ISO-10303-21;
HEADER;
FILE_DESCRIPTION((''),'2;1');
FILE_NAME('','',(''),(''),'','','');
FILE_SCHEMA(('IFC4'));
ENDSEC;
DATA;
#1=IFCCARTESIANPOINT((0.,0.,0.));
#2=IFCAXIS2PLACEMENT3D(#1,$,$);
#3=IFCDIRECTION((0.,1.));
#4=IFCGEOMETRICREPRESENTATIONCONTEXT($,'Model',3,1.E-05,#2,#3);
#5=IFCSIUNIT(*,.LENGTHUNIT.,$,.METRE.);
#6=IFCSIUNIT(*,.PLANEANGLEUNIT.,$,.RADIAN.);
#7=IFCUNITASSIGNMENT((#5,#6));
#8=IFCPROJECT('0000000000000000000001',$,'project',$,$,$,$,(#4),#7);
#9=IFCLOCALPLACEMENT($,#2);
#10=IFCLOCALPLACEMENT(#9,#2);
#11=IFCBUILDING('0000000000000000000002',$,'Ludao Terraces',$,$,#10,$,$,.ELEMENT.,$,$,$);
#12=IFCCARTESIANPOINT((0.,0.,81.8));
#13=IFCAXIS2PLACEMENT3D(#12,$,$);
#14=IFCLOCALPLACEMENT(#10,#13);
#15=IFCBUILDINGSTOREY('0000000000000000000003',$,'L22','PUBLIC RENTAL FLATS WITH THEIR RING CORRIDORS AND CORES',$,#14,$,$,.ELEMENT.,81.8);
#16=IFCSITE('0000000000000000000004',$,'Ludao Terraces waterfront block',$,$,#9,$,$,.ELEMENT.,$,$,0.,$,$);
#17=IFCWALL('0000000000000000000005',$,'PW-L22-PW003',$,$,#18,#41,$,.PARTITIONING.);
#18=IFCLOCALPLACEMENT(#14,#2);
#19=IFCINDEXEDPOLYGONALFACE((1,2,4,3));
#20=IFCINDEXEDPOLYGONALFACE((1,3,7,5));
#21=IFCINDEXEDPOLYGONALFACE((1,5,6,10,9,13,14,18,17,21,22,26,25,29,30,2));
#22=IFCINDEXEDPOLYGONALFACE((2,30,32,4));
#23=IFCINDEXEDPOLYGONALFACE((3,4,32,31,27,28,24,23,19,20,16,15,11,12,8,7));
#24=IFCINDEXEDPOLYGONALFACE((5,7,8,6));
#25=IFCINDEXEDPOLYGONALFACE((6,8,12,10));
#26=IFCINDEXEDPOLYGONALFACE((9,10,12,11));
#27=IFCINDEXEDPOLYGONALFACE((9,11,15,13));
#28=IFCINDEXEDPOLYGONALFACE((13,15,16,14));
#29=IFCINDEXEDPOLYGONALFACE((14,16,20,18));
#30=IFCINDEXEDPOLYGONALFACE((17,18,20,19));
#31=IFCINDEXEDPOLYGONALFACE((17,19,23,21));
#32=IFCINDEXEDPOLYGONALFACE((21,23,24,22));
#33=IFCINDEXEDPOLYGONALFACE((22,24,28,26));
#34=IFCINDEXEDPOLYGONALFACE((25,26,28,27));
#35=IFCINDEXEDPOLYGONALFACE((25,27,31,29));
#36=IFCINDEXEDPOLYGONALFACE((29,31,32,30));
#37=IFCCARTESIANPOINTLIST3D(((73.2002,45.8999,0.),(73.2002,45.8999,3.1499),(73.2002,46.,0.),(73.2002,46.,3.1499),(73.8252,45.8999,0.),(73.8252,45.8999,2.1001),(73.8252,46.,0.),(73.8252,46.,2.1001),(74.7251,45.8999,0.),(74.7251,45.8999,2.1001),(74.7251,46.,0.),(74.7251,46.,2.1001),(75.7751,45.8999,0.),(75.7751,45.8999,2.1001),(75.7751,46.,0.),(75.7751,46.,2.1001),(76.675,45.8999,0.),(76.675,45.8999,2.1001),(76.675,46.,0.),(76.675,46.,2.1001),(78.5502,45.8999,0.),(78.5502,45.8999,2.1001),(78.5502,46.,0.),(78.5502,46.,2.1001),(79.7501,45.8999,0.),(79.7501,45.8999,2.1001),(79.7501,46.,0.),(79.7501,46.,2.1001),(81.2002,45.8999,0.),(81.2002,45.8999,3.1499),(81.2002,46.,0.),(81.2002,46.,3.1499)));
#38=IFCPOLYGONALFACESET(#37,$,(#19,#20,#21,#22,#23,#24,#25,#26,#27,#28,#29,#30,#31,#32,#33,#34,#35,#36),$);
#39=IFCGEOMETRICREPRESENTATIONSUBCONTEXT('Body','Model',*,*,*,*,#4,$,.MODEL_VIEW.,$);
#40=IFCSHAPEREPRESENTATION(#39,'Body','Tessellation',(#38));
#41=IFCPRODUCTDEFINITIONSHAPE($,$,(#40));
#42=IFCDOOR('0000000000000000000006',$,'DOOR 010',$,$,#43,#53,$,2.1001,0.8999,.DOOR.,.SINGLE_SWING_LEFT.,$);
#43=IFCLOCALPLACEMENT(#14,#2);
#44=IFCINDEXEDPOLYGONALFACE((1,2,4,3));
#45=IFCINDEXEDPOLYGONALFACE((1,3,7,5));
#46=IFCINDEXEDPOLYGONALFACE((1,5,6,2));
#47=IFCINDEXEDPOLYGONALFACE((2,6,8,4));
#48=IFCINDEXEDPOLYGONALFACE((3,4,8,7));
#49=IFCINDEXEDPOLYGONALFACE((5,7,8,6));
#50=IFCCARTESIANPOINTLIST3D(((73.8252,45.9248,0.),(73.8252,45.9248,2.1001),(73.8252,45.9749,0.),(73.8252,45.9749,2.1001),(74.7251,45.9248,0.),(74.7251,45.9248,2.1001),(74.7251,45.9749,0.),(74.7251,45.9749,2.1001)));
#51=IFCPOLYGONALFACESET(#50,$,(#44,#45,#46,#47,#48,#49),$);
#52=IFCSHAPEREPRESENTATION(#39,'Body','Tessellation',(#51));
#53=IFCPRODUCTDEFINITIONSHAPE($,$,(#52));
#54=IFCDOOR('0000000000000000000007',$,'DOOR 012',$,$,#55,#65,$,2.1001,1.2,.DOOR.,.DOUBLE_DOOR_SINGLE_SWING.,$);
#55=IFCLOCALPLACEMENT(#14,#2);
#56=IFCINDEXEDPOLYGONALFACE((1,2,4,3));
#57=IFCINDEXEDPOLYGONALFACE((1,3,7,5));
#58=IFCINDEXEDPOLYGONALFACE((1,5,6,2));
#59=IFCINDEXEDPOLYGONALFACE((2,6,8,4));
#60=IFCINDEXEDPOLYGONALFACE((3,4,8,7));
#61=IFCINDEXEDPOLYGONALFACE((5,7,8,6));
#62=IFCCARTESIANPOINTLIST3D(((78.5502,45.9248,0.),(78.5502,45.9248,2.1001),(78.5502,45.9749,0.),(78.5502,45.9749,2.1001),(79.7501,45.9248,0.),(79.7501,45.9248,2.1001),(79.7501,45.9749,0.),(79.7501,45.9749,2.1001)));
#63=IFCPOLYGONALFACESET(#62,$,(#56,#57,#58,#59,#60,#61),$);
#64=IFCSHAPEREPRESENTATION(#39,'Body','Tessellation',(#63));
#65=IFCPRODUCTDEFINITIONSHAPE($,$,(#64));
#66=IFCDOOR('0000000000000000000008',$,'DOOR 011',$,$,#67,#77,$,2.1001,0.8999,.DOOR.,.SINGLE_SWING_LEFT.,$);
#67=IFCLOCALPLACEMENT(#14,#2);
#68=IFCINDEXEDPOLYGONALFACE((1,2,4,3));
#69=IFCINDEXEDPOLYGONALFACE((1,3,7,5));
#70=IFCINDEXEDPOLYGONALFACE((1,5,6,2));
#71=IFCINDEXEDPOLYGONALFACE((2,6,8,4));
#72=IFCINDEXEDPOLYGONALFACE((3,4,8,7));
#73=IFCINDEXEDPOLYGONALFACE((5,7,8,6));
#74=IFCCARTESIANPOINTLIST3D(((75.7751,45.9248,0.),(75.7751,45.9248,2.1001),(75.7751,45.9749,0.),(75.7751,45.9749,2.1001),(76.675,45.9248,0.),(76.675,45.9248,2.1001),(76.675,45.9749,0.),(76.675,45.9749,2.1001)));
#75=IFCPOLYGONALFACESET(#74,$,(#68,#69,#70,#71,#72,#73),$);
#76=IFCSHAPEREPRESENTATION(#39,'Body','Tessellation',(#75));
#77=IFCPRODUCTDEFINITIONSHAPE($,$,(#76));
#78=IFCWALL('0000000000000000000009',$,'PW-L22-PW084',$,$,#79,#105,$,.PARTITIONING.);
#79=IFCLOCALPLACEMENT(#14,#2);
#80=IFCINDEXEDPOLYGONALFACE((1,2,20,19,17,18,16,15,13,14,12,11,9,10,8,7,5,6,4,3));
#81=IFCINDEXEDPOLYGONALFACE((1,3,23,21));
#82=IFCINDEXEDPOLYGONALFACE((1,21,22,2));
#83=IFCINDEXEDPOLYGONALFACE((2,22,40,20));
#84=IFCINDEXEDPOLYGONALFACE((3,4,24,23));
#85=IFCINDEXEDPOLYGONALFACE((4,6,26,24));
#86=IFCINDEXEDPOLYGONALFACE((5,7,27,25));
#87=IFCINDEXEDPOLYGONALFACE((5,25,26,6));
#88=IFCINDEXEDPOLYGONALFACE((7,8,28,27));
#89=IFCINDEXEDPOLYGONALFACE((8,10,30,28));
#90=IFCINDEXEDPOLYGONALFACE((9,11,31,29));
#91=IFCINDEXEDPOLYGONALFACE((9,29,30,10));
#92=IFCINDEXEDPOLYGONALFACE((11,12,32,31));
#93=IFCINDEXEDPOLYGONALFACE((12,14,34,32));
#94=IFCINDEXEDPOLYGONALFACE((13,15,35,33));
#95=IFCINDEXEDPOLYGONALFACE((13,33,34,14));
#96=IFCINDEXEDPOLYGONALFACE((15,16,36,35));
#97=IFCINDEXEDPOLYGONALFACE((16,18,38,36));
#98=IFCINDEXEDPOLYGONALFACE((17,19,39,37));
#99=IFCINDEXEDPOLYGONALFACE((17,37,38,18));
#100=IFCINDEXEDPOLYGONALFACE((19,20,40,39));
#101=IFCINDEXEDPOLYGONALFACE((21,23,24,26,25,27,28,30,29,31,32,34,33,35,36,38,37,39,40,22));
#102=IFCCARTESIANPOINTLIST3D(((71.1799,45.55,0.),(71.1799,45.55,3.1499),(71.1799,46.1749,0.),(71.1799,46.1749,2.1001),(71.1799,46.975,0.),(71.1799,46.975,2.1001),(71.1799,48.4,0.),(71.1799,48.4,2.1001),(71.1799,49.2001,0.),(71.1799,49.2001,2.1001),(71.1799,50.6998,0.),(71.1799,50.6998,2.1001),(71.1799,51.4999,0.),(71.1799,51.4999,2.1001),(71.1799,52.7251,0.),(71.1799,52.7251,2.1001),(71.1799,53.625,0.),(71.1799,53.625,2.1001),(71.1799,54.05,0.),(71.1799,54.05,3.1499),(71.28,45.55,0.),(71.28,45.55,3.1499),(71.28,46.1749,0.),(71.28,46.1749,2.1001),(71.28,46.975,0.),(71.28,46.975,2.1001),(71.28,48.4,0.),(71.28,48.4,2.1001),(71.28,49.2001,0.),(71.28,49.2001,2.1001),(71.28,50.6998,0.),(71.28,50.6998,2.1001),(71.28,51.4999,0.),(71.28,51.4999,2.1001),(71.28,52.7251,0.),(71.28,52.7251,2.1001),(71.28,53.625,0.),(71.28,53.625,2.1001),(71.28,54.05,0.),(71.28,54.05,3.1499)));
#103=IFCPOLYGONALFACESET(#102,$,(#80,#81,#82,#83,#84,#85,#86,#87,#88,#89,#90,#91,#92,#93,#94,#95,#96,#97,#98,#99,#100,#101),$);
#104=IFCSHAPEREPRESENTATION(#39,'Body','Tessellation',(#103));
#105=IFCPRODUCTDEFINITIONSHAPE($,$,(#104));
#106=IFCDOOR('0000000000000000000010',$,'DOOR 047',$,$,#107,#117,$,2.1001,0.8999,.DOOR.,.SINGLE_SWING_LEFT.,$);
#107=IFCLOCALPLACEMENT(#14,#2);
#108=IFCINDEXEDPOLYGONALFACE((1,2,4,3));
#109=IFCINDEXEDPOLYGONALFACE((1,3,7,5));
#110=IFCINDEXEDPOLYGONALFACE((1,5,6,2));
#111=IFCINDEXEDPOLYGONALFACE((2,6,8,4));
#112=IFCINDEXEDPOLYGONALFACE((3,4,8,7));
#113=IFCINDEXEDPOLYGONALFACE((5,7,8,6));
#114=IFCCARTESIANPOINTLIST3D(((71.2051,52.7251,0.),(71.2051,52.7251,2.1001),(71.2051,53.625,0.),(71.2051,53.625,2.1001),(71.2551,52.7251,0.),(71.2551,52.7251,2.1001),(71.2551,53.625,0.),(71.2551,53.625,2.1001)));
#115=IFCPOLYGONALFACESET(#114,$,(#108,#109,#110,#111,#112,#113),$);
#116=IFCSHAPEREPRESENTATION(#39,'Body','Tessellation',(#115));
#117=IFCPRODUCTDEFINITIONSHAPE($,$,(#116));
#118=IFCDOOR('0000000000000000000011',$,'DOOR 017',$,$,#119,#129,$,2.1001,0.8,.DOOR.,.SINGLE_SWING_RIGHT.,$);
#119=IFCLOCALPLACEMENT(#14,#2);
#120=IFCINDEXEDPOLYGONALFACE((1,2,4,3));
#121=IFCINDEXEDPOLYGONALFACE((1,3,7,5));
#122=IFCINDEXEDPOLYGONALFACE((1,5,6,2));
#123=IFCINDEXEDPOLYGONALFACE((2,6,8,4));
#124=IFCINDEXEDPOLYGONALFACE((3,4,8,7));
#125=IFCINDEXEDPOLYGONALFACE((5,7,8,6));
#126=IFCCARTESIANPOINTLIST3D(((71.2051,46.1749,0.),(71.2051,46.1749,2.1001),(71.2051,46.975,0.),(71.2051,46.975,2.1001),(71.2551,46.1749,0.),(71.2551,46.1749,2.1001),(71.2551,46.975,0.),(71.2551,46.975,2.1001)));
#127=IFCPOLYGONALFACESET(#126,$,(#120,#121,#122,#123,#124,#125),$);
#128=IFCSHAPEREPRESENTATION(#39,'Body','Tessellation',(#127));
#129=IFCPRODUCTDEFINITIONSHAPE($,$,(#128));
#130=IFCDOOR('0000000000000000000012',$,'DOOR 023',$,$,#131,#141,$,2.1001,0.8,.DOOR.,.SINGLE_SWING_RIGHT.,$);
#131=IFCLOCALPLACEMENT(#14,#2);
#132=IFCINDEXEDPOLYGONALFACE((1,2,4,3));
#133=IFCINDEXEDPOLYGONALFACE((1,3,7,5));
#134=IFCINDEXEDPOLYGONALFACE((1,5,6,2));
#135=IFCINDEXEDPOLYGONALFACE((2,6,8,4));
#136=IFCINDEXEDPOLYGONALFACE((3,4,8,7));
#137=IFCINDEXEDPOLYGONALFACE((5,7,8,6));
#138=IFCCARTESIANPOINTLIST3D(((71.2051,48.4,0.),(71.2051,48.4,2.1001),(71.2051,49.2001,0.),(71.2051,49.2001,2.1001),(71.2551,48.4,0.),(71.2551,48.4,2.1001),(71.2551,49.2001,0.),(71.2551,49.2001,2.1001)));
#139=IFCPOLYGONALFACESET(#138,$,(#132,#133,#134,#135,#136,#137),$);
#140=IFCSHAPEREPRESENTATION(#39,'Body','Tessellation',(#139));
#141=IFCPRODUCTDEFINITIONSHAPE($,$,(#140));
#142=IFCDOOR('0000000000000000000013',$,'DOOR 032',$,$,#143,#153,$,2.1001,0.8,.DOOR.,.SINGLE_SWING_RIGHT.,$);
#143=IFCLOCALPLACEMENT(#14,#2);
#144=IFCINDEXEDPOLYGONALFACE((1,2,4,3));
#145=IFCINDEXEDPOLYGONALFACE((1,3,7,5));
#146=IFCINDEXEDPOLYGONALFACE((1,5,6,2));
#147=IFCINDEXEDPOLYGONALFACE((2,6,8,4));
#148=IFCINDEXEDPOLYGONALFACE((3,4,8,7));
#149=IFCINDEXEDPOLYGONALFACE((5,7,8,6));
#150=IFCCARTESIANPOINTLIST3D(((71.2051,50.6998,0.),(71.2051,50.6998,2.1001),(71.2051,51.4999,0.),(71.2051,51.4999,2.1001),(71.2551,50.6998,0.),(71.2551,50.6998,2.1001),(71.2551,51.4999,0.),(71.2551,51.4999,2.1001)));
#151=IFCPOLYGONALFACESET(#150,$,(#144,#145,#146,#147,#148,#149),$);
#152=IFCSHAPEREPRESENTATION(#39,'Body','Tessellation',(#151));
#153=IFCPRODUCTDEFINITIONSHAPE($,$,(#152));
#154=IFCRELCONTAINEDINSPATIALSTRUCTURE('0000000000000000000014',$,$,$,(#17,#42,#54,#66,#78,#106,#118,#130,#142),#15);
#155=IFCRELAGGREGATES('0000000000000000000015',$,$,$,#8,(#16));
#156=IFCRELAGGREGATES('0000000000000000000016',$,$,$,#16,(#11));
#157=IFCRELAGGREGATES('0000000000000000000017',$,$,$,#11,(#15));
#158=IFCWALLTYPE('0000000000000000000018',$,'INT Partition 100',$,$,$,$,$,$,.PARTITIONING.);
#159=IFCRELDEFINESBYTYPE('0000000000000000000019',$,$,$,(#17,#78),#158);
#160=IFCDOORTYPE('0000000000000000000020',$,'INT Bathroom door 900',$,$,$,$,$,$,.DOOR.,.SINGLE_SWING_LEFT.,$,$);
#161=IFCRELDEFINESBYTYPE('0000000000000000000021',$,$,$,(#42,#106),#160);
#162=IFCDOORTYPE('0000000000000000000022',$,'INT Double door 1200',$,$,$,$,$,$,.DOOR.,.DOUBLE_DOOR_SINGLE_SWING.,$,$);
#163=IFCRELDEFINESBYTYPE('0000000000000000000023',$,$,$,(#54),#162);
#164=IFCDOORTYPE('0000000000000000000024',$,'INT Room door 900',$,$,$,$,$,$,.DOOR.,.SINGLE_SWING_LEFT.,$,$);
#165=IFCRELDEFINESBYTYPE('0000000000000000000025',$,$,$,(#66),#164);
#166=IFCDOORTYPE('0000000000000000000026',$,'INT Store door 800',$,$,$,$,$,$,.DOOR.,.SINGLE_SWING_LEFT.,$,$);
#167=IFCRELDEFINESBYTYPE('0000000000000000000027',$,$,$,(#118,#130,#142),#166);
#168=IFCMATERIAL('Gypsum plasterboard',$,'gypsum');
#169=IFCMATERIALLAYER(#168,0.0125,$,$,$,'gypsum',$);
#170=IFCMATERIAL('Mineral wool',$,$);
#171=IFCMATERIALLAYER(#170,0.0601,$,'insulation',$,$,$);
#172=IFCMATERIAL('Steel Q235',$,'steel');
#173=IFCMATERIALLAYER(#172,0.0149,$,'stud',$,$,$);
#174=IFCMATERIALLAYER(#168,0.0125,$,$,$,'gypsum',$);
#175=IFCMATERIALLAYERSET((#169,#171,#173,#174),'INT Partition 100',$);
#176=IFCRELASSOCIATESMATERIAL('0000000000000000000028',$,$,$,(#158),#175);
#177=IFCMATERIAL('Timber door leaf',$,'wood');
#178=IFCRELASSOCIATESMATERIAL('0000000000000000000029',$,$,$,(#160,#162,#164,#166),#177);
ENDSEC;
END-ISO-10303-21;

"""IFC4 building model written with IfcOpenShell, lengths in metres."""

from ifc_helpers import new_model, si_unit, direction, frame, frame_2d, origin, place, context, subcontext, project, spatial, rectangle, extrude, material, layer, layer_set, type_object, element, fill, save


model = new_model("IFC4")

# Units and contexts
model_context = context("Model", 3, precision=1e-05, world=origin(), true_north=direction((0.0, 1.0)))
body_context = subcontext(model_context, "Body", "Model", "MODEL_VIEW")
ifc_project = project(units=[si_unit("LENGTHUNIT", "METRE"), si_unit("PLANEANGLEUNIT", "RADIAN")], contexts=[model_context])

# Site, building, storey
site_placement = place(None, origin())
site = spatial("IfcSite", under=ifc_project, at=site_placement, Name="Ludao Terraces waterfront block", CompositionType="ELEMENT", RefElevation=0.0)
building_placement = place(site_placement, origin())
building = spatial("IfcBuilding", under=site, at=building_placement, Name="Ludao Terraces", CompositionType="ELEMENT")
storey_placement = place(building_placement, frame((0.0, 0.0, 81.8)))
storey = spatial("IfcBuildingStorey", under=building, at=storey_placement, Name="L22", Description="PUBLIC RENTAL FLATS WITH THEIR RING CORRIDORS AND CORES", CompositionType="ELEMENT", Elevation=81.8)

# Walls, openings, doors
ifc_material_1 = material(Name="Gypsum plasterboard", Category="gypsum")
ifc_layer_1 = layer(ifc_material_1, 0.0125, Category="gypsum")
ifc_material_2 = material(Name="Mineral wool")
ifc_layer_2 = layer(ifc_material_2, 0.0601, Name="insulation")
ifc_material_3 = material(Name="Steel Q235", Category="steel")
ifc_layer_3 = layer(ifc_material_3, 0.0149, Name="stud")
ifc_layer_4 = layer(ifc_material_1, 0.0125, Category="gypsum")
ifc_layer_set = layer_set([ifc_layer_1, ifc_layer_2, ifc_layer_3, ifc_layer_4], Name="INT Partition 100")
wall_type = type_object("IfcWallType", Name="INT Partition 100", PredefinedType="PARTITIONING", material=ifc_layer_set)
wall_1_placement = place(storey_placement, frame((73.2002, 45.95, 0.0), z_axis=(0.0, 0.0, 1.0), x_axis=(1.0, 0.0, 0.0)))
wall_1 = element("IfcWall", 1, at=wall_1_placement, inside=storey, type_object=wall_type, Name="PW-L22-PW003", PredefinedType="PARTITIONING", context=body_context, shape_type="SweptSolid", body=[
    extrude(rectangle(XDim=8.0, YDim=0.1001, at=frame_2d((4.0, 0.0))), origin(), (0.0, 0.0, 1.0), 3.1499),
])
opening_1_placement = place(wall_1_placement, frame((0.625, 0.0, 0.0)))
opening_1 = element("IfcOpeningElement", 2, at=opening_1_placement, cuts=wall_1, PredefinedType="OPENING", context=body_context, shape_type="SweptSolid", body=[
    extrude(rectangle(XDim=0.8999, YDim=2.1001, at=frame_2d((0.45, 1.05))), frame((0.0, 0.0601, 0.0), z_axis=(0.0, -1.0, 0.0), x_axis=(1.0, 0.0, 0.0)), (0.0, 0.0, 1.0), 0.1201),
])
opening_2_placement = place(wall_1_placement, frame((2.575, 0.0, 0.0)))
opening_2 = element("IfcOpeningElement", 3, at=opening_2_placement, cuts=wall_1, PredefinedType="OPENING", context=body_context, shape_type="SweptSolid", body=[
    extrude(rectangle(XDim=0.8999, YDim=2.1001, at=frame_2d((0.45, 1.05))), frame((0.0, 0.0601, 0.0), z_axis=(0.0, -1.0, 0.0), x_axis=(1.0, 0.0, 0.0)), (0.0, 0.0, 1.0), 0.1201),
])
opening_3_placement = place(wall_1_placement, frame((5.3499, 0.0, 0.0)))
opening_3 = element("IfcOpeningElement", 4, at=opening_3_placement, cuts=wall_1, PredefinedType="OPENING", context=body_context, shape_type="SweptSolid", body=[
    extrude(rectangle(XDim=1.2, YDim=2.1001, at=frame_2d((0.6001, 1.05))), frame((0.0, 0.0601, 0.0), z_axis=(0.0, -1.0, 0.0), x_axis=(1.0, 0.0, 0.0)), (0.0, 0.0, 1.0), 0.1201),
])
ifc_material_4 = material(Name="Timber door leaf", Category="wood")
door_type_1 = type_object("IfcDoorType", Name="INT Bathroom door 900", OperationType="SINGLE_SWING_LEFT", PredefinedType="DOOR", material=ifc_material_4)
door_1_placement = place(opening_1_placement, origin())
door_1 = element("IfcDoor", 5, at=door_1_placement, inside=storey, type_object=door_type_1, Name="DOOR 010", OperationType="SINGLE_SWING_LEFT", OverallHeight=2.1001, OverallWidth=0.8999, PredefinedType="DOOR", context=body_context, shape_type="SweptSolid", body=[
    extrude(rectangle(XDim=0.8999, YDim=2.1001, at=frame_2d((0.45, 1.05))), frame((0.0, 0.0249, 0.0), z_axis=(0.0, -1.0, 0.0), x_axis=(1.0, 0.0, 0.0)), (0.0, 0.0, 1.0), 0.05),
])
fill(opening_1, door_1)
door_type_2 = type_object("IfcDoorType", Name="INT Double door 1200", OperationType="DOUBLE_DOOR_SINGLE_SWING", PredefinedType="DOOR", material=ifc_material_4)
door_2_placement = place(opening_3_placement, origin())
door_2 = element("IfcDoor", 6, at=door_2_placement, inside=storey, type_object=door_type_2, Name="DOOR 012", OperationType="DOUBLE_DOOR_SINGLE_SWING", OverallHeight=2.1001, OverallWidth=1.2, PredefinedType="DOOR", context=body_context, shape_type="SweptSolid", body=[
    extrude(rectangle(XDim=1.2, YDim=2.1001, at=frame_2d((0.6001, 1.05))), frame((0.0, 0.0249, 0.0), z_axis=(0.0, -1.0, 0.0), x_axis=(1.0, 0.0, 0.0)), (0.0, 0.0, 1.0), 0.05),
])
fill(opening_3, door_2)
door_type_3 = type_object("IfcDoorType", Name="INT Room door 900", OperationType="SINGLE_SWING_LEFT", PredefinedType="DOOR", material=ifc_material_4)
door_3_placement = place(opening_2_placement, origin())
door_3 = element("IfcDoor", 7, at=door_3_placement, inside=storey, type_object=door_type_3, Name="DOOR 011", OperationType="SINGLE_SWING_LEFT", OverallHeight=2.1001, OverallWidth=0.8999, PredefinedType="DOOR", context=body_context, shape_type="SweptSolid", body=[
    extrude(rectangle(XDim=0.8999, YDim=2.1001, at=frame_2d((0.45, 1.05))), frame((0.0, 0.0249, 0.0), z_axis=(0.0, -1.0, 0.0), x_axis=(1.0, 0.0, 0.0)), (0.0, 0.0, 1.0), 0.05),
])
fill(opening_2, door_3)
wall_2_placement = place(storey_placement, frame((71.23, 45.55, 0.0), z_axis=(0.0, 0.0, 1.0), x_axis=(0.0, 1.0, 0.0)))
wall_2 = element("IfcWall", 8, at=wall_2_placement, inside=storey, type_object=wall_type, Name="PW-L22-PW084", PredefinedType="PARTITIONING", context=body_context, shape_type="SweptSolid", body=[
    extrude(rectangle(XDim=8.5, YDim=0.1001, at=frame_2d((4.25, 0.0))), origin(), (0.0, 0.0, 1.0), 3.1499),
])
opening_4_placement = place(wall_2_placement, frame((0.625, 0.0, 0.0)))
opening_4 = element("IfcOpeningElement", 9, at=opening_4_placement, cuts=wall_2, PredefinedType="OPENING", context=body_context, shape_type="SweptSolid", body=[
    extrude(rectangle(XDim=0.8, YDim=2.1001, at=frame_2d((0.3999, 1.05))), frame((0.0, 0.0601, 0.0), z_axis=(0.0, -1.0, 0.0), x_axis=(1.0, 0.0, 0.0)), (0.0, 0.0, 1.0), 0.1201),
])
opening_5_placement = place(wall_2_placement, frame((2.8501, 0.0, 0.0)))
opening_5 = element("IfcOpeningElement", 10, at=opening_5_placement, cuts=wall_2, PredefinedType="OPENING", context=body_context, shape_type="SweptSolid", body=[
    extrude(rectangle(XDim=0.8, YDim=2.1001, at=frame_2d((0.3999, 1.05))), frame((0.0, 0.0601, 0.0), z_axis=(0.0, -1.0, 0.0), x_axis=(1.0, 0.0, 0.0)), (0.0, 0.0, 1.0), 0.1201),
])
opening_6_placement = place(wall_2_placement, frame((5.1499, 0.0, 0.0)))
opening_6 = element("IfcOpeningElement", 11, at=opening_6_placement, cuts=wall_2, PredefinedType="OPENING", context=body_context, shape_type="SweptSolid", body=[
    extrude(rectangle(XDim=0.8, YDim=2.1001, at=frame_2d((0.3999, 1.05))), frame((0.0, 0.0601, 0.0), z_axis=(0.0, -1.0, 0.0), x_axis=(1.0, 0.0, 0.0)), (0.0, 0.0, 1.0), 0.1201),
])
opening_7_placement = place(wall_2_placement, frame((7.175, 0.0, 0.0)))
opening_7 = element("IfcOpeningElement", 12, at=opening_7_placement, cuts=wall_2, PredefinedType="OPENING", context=body_context, shape_type="SweptSolid", body=[
    extrude(rectangle(XDim=0.8999, YDim=2.1001, at=frame_2d((0.45, 1.05))), frame((0.0, 0.0601, 0.0), z_axis=(0.0, -1.0, 0.0), x_axis=(1.0, 0.0, 0.0)), (0.0, 0.0, 1.0), 0.1201),
])
door_4_placement = place(opening_7_placement, origin())
door_4 = element("IfcDoor", 13, at=door_4_placement, inside=storey, type_object=door_type_1, Name="DOOR 047", OperationType="SINGLE_SWING_LEFT", OverallHeight=2.1001, OverallWidth=0.8999, PredefinedType="DOOR", context=body_context, shape_type="SweptSolid", body=[
    extrude(rectangle(XDim=0.8999, YDim=2.1001, at=frame_2d((0.45, 1.05))), frame((0.0, 0.0249, 0.0), z_axis=(0.0, -1.0, 0.0), x_axis=(1.0, 0.0, 0.0)), (0.0, 0.0, 1.0), 0.05),
])
fill(opening_7, door_4)
door_type_4 = type_object("IfcDoorType", Name="INT Store door 800", OperationType="SINGLE_SWING_LEFT", PredefinedType="DOOR", material=ifc_material_4)
door_5_placement = place(opening_4_placement, origin())
door_5 = element("IfcDoor", 14, at=door_5_placement, inside=storey, type_object=door_type_4, Name="DOOR 017", OperationType="SINGLE_SWING_RIGHT", OverallHeight=2.1001, OverallWidth=0.8, PredefinedType="DOOR", context=body_context, shape_type="SweptSolid", body=[
    extrude(rectangle(XDim=0.8, YDim=2.1001, at=frame_2d((0.3999, 1.05))), frame((0.0, 0.0249, 0.0), z_axis=(0.0, -1.0, 0.0), x_axis=(1.0, 0.0, 0.0)), (0.0, 0.0, 1.0), 0.05),
])
fill(opening_4, door_5)
door_6_placement = place(opening_5_placement, origin())
door_6 = element("IfcDoor", 15, at=door_6_placement, inside=storey, type_object=door_type_4, Name="DOOR 023", OperationType="SINGLE_SWING_RIGHT", OverallHeight=2.1001, OverallWidth=0.8, PredefinedType="DOOR", context=body_context, shape_type="SweptSolid", body=[
    extrude(rectangle(XDim=0.8, YDim=2.1001, at=frame_2d((0.3999, 1.05))), frame((0.0, 0.0249, 0.0), z_axis=(0.0, -1.0, 0.0), x_axis=(1.0, 0.0, 0.0)), (0.0, 0.0, 1.0), 0.05),
])
fill(opening_5, door_6)
door_7_placement = place(opening_6_placement, origin())
door_7 = element("IfcDoor", 16, at=door_7_placement, inside=storey, type_object=door_type_4, Name="DOOR 032", OperationType="SINGLE_SWING_RIGHT", OverallHeight=2.1001, OverallWidth=0.8, PredefinedType="DOOR", context=body_context, shape_type="SweptSolid", body=[
    extrude(rectangle(XDim=0.8, YDim=2.1001, at=frame_2d((0.3999, 1.05))), frame((0.0, 0.0249, 0.0), z_axis=(0.0, -1.0, 0.0), x_axis=(1.0, 0.0, 0.0)), (0.0, 0.0, 1.0), 0.05),
])
fill(opening_6, door_7)

save(model, "model.ifc")
